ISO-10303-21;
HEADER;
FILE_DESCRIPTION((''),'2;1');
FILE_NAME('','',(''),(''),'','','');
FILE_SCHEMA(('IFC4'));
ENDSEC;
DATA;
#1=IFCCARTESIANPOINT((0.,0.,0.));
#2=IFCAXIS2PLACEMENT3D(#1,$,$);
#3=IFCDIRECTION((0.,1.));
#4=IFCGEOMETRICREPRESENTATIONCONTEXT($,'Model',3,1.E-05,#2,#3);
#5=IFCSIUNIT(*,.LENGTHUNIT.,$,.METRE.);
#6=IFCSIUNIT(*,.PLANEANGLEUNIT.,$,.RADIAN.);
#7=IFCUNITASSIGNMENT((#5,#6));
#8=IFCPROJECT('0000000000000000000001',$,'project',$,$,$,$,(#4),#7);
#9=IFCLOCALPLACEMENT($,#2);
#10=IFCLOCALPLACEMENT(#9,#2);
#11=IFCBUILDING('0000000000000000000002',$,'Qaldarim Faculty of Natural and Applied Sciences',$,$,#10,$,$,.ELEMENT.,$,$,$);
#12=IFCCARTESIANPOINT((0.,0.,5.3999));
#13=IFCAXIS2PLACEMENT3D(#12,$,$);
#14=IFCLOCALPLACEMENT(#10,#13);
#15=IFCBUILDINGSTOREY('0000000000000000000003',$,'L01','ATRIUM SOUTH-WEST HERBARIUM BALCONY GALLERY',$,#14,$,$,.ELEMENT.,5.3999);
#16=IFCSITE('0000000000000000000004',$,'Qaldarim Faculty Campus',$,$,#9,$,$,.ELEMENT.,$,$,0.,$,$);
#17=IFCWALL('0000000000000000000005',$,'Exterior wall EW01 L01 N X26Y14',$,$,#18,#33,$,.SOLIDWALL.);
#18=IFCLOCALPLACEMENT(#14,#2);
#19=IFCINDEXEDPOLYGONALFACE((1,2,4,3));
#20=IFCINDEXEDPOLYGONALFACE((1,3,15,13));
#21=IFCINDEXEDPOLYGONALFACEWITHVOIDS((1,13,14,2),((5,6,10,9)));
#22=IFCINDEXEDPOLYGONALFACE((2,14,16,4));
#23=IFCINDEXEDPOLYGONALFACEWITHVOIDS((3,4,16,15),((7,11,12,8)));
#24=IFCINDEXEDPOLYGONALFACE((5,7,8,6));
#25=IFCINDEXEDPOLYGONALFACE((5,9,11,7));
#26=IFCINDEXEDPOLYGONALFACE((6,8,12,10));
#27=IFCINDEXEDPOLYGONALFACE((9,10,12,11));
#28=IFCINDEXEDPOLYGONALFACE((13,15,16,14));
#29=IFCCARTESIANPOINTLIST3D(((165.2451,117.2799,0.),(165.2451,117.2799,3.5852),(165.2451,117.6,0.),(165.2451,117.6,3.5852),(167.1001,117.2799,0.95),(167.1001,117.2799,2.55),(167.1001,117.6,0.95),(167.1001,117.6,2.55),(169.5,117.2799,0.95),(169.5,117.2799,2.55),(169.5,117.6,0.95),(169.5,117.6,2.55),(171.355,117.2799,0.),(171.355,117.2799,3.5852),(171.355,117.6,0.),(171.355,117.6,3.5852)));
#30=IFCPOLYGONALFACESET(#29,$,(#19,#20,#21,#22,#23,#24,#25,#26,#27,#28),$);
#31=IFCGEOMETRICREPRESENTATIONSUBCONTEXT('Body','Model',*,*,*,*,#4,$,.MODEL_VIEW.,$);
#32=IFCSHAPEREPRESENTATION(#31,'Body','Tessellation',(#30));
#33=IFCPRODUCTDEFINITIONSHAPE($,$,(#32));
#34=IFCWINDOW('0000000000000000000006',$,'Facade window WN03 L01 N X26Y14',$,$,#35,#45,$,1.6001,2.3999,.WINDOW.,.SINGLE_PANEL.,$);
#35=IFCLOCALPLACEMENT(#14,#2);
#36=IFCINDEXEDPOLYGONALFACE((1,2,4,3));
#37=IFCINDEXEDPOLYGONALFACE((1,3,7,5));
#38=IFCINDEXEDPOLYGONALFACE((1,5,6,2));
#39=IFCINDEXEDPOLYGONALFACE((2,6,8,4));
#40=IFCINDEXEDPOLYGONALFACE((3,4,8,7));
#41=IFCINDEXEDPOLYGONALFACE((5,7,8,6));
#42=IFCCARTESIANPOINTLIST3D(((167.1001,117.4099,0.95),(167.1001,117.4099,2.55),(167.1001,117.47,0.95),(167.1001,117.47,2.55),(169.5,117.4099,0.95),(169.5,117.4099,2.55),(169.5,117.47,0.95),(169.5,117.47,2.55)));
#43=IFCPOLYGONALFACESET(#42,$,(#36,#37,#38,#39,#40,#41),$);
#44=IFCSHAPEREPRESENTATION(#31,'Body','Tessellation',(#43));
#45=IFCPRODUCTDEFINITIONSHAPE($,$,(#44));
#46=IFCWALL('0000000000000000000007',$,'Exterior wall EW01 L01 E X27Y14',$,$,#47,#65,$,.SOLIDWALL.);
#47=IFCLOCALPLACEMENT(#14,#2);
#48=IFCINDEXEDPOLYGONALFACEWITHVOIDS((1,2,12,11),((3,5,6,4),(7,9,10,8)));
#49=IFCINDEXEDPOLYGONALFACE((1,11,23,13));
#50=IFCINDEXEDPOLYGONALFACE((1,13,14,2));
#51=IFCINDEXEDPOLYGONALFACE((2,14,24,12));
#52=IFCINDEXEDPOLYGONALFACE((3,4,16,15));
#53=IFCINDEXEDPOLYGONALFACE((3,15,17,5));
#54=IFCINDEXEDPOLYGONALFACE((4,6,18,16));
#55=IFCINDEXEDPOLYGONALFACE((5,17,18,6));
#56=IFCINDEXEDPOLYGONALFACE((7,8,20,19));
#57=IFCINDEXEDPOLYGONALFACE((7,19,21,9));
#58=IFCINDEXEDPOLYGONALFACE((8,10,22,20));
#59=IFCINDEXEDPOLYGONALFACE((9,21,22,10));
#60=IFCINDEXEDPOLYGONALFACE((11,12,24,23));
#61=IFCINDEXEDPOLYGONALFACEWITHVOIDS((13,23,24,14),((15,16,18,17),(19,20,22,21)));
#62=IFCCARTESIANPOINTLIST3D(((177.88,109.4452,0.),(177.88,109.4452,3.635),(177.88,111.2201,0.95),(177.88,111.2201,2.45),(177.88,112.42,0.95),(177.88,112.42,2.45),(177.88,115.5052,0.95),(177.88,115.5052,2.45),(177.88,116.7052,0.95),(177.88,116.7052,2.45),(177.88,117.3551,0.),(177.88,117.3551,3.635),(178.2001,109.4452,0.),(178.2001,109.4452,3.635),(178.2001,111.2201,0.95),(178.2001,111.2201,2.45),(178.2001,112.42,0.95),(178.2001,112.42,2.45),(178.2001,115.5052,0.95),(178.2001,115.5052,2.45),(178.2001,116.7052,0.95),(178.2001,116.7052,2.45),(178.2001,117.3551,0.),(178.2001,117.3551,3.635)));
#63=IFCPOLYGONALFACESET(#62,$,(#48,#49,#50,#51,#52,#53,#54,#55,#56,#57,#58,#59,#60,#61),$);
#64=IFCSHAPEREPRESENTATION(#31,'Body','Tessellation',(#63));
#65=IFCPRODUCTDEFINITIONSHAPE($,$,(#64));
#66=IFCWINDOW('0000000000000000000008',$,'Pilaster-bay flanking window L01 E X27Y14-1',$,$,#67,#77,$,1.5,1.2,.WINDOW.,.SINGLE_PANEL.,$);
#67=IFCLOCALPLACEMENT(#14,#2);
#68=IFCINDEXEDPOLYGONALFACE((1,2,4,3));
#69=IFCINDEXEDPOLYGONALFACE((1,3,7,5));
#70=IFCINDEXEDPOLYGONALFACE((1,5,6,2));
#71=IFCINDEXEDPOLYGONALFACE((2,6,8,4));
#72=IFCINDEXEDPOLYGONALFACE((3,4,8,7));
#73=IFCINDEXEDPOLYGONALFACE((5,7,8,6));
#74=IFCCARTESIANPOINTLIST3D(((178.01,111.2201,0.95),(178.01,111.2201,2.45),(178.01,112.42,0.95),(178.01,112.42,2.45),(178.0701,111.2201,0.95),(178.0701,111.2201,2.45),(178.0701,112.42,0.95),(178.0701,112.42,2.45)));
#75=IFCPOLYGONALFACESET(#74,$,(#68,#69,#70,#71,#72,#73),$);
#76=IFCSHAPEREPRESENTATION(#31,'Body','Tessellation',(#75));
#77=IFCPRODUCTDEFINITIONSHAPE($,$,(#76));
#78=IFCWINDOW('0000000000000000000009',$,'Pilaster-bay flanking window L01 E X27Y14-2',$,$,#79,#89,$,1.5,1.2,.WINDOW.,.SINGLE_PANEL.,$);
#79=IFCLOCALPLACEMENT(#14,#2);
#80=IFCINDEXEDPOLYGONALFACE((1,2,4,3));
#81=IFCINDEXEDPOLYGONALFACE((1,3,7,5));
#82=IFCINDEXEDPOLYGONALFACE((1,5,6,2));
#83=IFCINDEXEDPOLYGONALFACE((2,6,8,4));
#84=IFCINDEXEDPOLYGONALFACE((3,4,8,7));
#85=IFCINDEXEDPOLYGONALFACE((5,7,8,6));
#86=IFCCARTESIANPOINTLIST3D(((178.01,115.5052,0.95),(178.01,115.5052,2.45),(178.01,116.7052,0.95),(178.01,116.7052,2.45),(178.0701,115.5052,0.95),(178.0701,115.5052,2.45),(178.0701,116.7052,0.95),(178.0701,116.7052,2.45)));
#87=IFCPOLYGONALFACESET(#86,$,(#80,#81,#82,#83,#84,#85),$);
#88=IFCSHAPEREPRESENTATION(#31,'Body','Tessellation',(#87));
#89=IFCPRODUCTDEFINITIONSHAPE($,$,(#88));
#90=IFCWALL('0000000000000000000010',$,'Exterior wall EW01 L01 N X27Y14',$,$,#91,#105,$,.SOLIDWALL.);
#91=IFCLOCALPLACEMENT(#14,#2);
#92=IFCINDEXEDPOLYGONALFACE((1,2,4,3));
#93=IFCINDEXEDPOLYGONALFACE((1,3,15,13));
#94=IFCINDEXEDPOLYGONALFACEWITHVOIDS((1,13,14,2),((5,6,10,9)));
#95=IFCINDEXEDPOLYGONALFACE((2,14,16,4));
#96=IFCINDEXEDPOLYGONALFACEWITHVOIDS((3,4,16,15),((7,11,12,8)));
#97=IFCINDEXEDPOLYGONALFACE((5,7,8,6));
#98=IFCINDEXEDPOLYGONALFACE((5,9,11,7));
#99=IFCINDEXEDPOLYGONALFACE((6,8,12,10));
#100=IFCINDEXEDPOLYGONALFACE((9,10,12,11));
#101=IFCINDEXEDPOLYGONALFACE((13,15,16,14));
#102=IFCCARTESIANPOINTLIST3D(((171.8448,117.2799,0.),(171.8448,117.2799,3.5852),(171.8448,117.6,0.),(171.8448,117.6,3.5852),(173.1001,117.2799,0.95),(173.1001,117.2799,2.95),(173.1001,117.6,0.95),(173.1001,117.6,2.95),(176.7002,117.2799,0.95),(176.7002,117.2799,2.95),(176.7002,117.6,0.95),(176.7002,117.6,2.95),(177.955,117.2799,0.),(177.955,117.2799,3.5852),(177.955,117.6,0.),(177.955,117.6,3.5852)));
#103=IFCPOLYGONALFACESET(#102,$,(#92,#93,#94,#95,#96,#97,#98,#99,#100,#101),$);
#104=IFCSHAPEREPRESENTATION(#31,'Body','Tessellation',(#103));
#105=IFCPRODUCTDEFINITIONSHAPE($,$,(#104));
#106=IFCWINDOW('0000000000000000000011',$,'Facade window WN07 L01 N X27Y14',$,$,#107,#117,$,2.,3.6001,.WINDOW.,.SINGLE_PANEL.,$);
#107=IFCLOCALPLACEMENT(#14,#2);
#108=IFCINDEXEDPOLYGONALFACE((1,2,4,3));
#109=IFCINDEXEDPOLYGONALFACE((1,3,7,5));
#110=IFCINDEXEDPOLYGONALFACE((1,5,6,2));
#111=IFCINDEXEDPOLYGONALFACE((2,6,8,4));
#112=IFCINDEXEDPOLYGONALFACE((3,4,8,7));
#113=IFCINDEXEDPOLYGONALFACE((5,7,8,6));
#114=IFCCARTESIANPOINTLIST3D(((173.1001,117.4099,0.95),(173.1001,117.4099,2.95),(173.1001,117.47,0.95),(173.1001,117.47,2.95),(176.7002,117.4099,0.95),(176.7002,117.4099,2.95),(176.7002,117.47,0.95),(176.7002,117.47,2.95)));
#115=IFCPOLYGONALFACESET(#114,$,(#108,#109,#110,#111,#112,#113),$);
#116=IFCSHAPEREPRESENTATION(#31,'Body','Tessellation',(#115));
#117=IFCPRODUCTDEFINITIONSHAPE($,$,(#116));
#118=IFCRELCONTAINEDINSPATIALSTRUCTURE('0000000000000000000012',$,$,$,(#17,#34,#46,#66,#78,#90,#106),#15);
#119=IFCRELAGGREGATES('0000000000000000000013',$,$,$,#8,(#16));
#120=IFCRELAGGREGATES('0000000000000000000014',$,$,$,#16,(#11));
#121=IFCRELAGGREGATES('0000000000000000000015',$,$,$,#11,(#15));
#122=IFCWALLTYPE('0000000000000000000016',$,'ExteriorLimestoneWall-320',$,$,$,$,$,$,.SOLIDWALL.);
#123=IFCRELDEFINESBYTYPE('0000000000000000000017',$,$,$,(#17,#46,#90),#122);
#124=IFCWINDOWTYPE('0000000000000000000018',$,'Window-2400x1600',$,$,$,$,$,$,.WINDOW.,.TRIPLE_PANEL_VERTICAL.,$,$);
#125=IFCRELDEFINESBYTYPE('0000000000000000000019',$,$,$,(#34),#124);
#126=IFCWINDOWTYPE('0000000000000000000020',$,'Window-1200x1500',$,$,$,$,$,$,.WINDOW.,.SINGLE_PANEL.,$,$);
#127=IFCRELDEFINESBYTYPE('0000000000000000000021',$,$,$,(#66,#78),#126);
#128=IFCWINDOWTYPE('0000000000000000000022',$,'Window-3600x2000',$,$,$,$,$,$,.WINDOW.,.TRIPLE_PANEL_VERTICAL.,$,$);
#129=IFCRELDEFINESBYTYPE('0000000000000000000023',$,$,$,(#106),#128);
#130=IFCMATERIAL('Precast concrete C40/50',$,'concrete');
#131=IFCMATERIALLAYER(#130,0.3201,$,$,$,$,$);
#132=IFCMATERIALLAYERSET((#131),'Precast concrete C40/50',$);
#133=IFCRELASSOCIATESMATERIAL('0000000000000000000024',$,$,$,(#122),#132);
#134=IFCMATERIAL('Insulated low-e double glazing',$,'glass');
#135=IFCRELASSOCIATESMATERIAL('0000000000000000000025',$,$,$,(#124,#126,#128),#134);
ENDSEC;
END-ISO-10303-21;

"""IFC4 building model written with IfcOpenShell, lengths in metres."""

from ifc_helpers import new_model, si_unit, direction, frame, frame_2d, origin, place, context, subcontext, project, spatial, rectangle, extrude, material, layer, layer_set, type_object, element, fill, save


model = new_model("IFC4")

# Units and contexts
model_context = context("Model", 3, precision=1e-05, world=origin(), true_north=direction((0.0, 1.0)))
body_context = subcontext(model_context, "Body", "Model", "MODEL_VIEW")
ifc_project = project(units=[si_unit("LENGTHUNIT", "METRE"), si_unit("PLANEANGLEUNIT", "RADIAN")], contexts=[model_context])

# Site, building, storey
site_placement = place(None, origin())
site = spatial("IfcSite", under=ifc_project, at=site_placement, Name="Qaldarim Faculty Campus", CompositionType="ELEMENT", RefElevation=0.0)
building_placement = place(site_placement, origin())
building = spatial("IfcBuilding", under=site, at=building_placement, Name="Qaldarim Faculty of Natural and Applied Sciences", CompositionType="ELEMENT")
storey_placement = place(building_placement, frame((0.0, 0.0, 5.3999)))
storey = spatial("IfcBuildingStorey", under=building, at=storey_placement, Name="L01", Description="ATRIUM SOUTH-WEST HERBARIUM BALCONY GALLERY", CompositionType="ELEMENT", Elevation=5.3999)

# Wall, opening, window
ifc_material_1 = material(Name="Precast concrete C40/50", Category="concrete")
ifc_layer_1 = layer(ifc_material_1, 0.3201)
ifc_layer_set_1 = layer_set([ifc_layer_1], Name="Precast concrete C40/50")
wall_type = type_object("IfcWallType", Name="ExteriorLimestoneWall-320", PredefinedType="SOLIDWALL", material=ifc_layer_set_1)
wall_1_placement = place(storey_placement, frame((171.355, 117.4399, 0.0), z_axis=(0.0, 0.0, 1.0), x_axis=(-1.0, 0.0, 0.0)))
wall_1 = element("IfcWall", 1, at=wall_1_placement, inside=storey, type_object=wall_type, Name="Exterior wall EW01 L01 N X26Y14", PredefinedType="SOLIDWALL", context=body_context, shape_type="SweptSolid", body=[
    extrude(rectangle(XDim=6.1099, YDim=0.3201, at=frame_2d((3.0549, 0.0))), origin(), (0.0, 0.0, 1.0), 3.5852),
])
opening_1_placement = place(wall_1_placement, frame((1.855, 0.0, 0.95)))
opening_1 = element("IfcOpeningElement", 2, at=opening_1_placement, cuts=wall_1, PredefinedType="OPENING", context=body_context, shape_type="SweptSolid", body=[
    extrude(rectangle(XDim=2.3999, YDim=1.6001, at=frame_2d((1.2, 0.8))), frame((0.0, 0.1699, 0.0), z_axis=(0.0, -1.0, 0.0), x_axis=(1.0, 0.0, 0.0)), (0.0, 0.0, 1.0), 0.3401),
])
ifc_material_2 = material(Name="Insulated low-e double glazing", Category="glass")
window_type_1 = type_object("IfcWindowType", Name="Window-2400x1600", PartitioningType="TRIPLE_PANEL_VERTICAL", PredefinedType="WINDOW", material=ifc_material_2)
window_1_placement = place(opening_1_placement, origin())
window_1 = element("IfcWindow", 3, at=window_1_placement, inside=storey, type_object=window_type_1, Name="Facade window WN03 L01 N X26Y14", OverallHeight=1.6001, OverallWidth=2.3999, PartitioningType="SINGLE_PANEL", PredefinedType="WINDOW", context=body_context, shape_type="SweptSolid", body=[
    extrude(rectangle(XDim=2.3999, YDim=1.6001, at=frame_2d((1.2, 0.8))), frame((0.0, 0.03, 0.0), z_axis=(0.0, -1.0, 0.0), x_axis=(1.0, 0.0, 0.0)), (0.0, 0.0, 1.0), 0.0601),
])
fill(opening_1, window_1)

# Wall, openings, windows
wall_2_placement = place(storey_placement, frame((178.04, 109.4451, 0.0), z_axis=(0.0, 0.0, 1.0), x_axis=(0.0, 1.0, 0.0)))
wall_2 = element("IfcWall", 4, at=wall_2_placement, inside=storey, type_object=wall_type, Name="Exterior wall EW01 L01 E X27Y14", PredefinedType="SOLIDWALL", context=body_context, shape_type="SweptSolid", body=[
    extrude(rectangle(XDim=7.9099, YDim=0.3201, at=frame_2d((3.9551, 0.0))), origin(), (0.0, 0.0, 1.0), 3.635),
])
opening_2_placement = place(wall_2_placement, frame((1.7749, 0.0, 0.95)))
opening_2 = element("IfcOpeningElement", 5, at=opening_2_placement, cuts=wall_2, PredefinedType="OPENING", context=body_context, shape_type="SweptSolid", body=[
    extrude(rectangle(XDim=1.2, YDim=1.5, at=frame_2d((0.6001, 0.75))), frame((0.0, 0.1699, 0.0), z_axis=(0.0, -1.0, 0.0), x_axis=(1.0, 0.0, 0.0)), (0.0, 0.0, 1.0), 0.3401),
])
opening_3_placement = place(wall_2_placement, frame((6.0601, 0.0, 0.95)))
opening_3 = element("IfcOpeningElement", 6, at=opening_3_placement, cuts=wall_2, PredefinedType="OPENING", context=body_context, shape_type="SweptSolid", body=[
    extrude(rectangle(XDim=1.2, YDim=1.5, at=frame_2d((0.6001, 0.75))), frame((0.0, 0.1699, 0.0), z_axis=(0.0, -1.0, 0.0), x_axis=(1.0, 0.0, 0.0)), (0.0, 0.0, 1.0), 0.3401),
])
window_type_2 = type_object("IfcWindowType", Name="Window-1200x1500", PartitioningType="SINGLE_PANEL", PredefinedType="WINDOW", material=ifc_material_2)
window_2_placement = place(opening_2_placement, origin())
window_2 = element("IfcWindow", 7, at=window_2_placement, inside=storey, type_object=window_type_2, Name="Pilaster-bay flanking window L01 E X27Y14-1", OverallHeight=1.5, OverallWidth=1.2, PartitioningType="SINGLE_PANEL", PredefinedType="WINDOW", context=body_context, shape_type="SweptSolid", body=[
    extrude(rectangle(XDim=1.2, YDim=1.5, at=frame_2d((0.6001, 0.75))), frame((0.0, 0.03, 0.0), z_axis=(0.0, -1.0, 0.0), x_axis=(1.0, 0.0, 0.0)), (0.0, 0.0, 1.0), 0.0601),
])
fill(opening_2, window_2)
window_3_placement = place(opening_3_placement, origin())
window_3 = element("IfcWindow", 8, at=window_3_placement, inside=storey, type_object=window_type_2, Name="Pilaster-bay flanking window L01 E X27Y14-2", OverallHeight=1.5, OverallWidth=1.2, PartitioningType="SINGLE_PANEL", PredefinedType="WINDOW", context=body_context, shape_type="SweptSolid", body=[
    extrude(rectangle(XDim=1.2, YDim=1.5, at=frame_2d((0.6001, 0.75))), frame((0.0, 0.03, 0.0), z_axis=(0.0, -1.0, 0.0), x_axis=(1.0, 0.0, 0.0)), (0.0, 0.0, 1.0), 0.0601),
])
fill(opening_3, window_3)

# Wall, opening, window
wall_3_placement = place(storey_placement, frame((177.9551, 117.4399, 0.0), z_axis=(0.0, 0.0, 1.0), x_axis=(-1.0, 0.0, 0.0)))
wall_3 = element("IfcWall", 9, at=wall_3_placement, inside=storey, type_object=wall_type, Name="Exterior wall EW01 L01 N X27Y14", PredefinedType="SOLIDWALL", context=body_context, shape_type="SweptSolid", body=[
    extrude(rectangle(XDim=6.1101, YDim=0.3201, at=frame_2d((3.0552, 0.0))), origin(), (0.0, 0.0, 1.0), 3.5852),
])
opening_4_placement = place(wall_3_placement, frame((1.2549, 0.0, 0.95)))
opening_4 = element("IfcOpeningElement", 10, at=opening_4_placement, cuts=wall_3, PredefinedType="OPENING", context=body_context, shape_type="SweptSolid", body=[
    extrude(rectangle(XDim=3.6001, YDim=2.0, at=frame_2d((1.8, 1.0))), frame((0.0, 0.1699, 0.0), z_axis=(0.0, -1.0, 0.0), x_axis=(1.0, 0.0, 0.0)), (0.0, 0.0, 1.0), 0.3401),
])
window_type_3 = type_object("IfcWindowType", Name="Window-3600x2000", PartitioningType="TRIPLE_PANEL_VERTICAL", PredefinedType="WINDOW", material=ifc_material_2)
window_4_placement = place(opening_4_placement, origin())
window_4 = element("IfcWindow", 11, at=window_4_placement, inside=storey, type_object=window_type_3, Name="Facade window WN07 L01 N X27Y14", OverallHeight=2.0, OverallWidth=3.6001, PartitioningType="SINGLE_PANEL", PredefinedType="WINDOW", context=body_context, shape_type="SweptSolid", body=[
    extrude(rectangle(XDim=3.6001, YDim=2.0, at=frame_2d((1.8, 1.0))), frame((0.0, 0.03, 0.0), z_axis=(0.0, -1.0, 0.0), x_axis=(1.0, 0.0, 0.0)), (0.0, 0.0, 1.0), 0.0601),
])
fill(opening_4, window_4)

save(model, "model.ifc")
